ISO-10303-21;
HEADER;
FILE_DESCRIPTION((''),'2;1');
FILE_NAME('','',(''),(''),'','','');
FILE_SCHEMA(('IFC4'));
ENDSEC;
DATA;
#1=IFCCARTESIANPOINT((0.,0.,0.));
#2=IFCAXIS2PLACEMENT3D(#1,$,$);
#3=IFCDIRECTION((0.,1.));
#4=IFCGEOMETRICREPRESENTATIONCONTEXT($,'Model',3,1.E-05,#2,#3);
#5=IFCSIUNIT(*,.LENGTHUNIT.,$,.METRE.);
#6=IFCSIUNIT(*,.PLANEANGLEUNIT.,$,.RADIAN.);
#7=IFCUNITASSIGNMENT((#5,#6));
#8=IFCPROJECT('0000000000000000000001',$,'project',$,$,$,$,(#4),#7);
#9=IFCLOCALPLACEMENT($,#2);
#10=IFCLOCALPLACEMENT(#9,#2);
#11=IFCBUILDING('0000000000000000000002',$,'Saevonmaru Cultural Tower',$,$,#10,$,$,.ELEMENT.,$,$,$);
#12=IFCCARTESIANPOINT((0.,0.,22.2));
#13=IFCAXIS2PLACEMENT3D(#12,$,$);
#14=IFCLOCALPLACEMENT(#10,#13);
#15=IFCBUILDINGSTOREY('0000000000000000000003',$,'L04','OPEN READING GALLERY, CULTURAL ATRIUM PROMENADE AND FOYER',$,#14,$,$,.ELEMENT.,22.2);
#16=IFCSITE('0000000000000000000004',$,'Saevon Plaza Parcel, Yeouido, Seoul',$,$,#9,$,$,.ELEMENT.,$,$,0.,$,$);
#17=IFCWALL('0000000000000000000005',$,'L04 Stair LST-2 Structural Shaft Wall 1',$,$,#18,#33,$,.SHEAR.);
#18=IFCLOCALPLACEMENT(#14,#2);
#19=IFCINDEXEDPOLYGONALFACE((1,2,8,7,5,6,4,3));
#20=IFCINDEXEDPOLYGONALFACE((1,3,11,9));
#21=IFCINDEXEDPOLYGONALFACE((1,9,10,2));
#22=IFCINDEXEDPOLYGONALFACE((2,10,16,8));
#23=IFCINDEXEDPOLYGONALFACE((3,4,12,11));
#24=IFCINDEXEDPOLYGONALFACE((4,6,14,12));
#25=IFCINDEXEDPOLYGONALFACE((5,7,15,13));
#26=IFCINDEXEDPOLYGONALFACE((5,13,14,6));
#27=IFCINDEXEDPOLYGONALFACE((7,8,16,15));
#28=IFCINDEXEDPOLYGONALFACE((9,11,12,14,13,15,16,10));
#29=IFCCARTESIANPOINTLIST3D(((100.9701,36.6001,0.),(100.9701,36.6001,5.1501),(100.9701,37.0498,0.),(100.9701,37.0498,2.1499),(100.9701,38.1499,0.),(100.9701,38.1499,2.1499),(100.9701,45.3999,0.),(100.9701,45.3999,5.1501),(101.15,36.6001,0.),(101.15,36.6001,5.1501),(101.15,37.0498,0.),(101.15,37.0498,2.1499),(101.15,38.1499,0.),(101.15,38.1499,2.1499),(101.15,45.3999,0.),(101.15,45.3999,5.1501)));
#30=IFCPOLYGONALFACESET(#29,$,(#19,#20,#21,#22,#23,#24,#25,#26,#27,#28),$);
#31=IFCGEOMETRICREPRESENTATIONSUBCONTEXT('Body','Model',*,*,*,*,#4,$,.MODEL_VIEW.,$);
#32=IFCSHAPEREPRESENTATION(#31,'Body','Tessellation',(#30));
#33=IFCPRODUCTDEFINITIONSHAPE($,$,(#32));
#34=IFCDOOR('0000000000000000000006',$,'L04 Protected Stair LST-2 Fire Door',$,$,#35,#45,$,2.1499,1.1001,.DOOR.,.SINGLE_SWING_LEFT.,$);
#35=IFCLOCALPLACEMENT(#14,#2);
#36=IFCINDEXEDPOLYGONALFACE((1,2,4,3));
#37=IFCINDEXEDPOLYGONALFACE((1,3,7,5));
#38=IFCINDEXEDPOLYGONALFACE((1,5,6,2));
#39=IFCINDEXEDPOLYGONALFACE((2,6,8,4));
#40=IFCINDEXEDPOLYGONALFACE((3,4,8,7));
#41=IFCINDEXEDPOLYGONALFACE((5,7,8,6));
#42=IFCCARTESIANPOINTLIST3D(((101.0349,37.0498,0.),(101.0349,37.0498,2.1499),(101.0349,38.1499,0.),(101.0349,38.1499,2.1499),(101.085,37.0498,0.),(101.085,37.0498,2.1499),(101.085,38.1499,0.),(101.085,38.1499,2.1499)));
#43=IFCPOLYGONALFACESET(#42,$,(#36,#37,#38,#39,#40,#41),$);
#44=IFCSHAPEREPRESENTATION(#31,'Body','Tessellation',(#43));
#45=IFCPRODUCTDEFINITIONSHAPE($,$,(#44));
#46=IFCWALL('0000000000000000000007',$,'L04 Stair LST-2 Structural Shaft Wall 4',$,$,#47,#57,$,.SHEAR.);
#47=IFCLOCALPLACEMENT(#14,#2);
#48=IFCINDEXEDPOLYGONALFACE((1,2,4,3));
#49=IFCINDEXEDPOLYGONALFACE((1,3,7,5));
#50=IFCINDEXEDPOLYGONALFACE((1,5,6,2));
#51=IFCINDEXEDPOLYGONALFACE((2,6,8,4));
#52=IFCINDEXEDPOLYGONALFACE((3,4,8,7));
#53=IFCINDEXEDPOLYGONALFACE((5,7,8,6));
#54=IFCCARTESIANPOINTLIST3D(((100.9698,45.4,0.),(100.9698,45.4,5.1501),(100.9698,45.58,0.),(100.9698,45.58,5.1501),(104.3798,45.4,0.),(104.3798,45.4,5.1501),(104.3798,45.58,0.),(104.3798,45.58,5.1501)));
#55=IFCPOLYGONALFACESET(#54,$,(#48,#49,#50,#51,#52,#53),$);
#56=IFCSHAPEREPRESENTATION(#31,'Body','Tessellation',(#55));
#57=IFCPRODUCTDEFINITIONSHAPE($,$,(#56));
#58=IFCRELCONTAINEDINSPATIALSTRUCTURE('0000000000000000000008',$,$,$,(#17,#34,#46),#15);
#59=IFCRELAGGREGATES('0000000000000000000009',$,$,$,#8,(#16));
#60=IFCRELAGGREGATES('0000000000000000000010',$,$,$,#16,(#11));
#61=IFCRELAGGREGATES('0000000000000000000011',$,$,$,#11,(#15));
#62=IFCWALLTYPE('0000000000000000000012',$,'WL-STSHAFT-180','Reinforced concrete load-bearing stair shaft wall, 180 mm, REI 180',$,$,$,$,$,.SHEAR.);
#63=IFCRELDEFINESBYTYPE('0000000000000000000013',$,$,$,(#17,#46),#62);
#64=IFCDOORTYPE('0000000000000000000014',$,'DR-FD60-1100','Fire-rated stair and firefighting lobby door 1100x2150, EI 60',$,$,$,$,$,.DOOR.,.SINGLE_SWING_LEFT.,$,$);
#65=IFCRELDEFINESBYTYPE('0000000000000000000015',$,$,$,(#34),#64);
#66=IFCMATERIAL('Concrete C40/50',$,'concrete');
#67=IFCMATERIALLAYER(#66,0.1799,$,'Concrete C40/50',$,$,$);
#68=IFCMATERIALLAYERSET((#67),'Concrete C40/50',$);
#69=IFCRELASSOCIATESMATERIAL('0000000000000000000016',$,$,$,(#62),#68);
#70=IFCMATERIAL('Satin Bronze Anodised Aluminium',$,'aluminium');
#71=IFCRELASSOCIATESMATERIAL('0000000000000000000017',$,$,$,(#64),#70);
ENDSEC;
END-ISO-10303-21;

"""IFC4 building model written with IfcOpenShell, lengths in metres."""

from ifc_helpers import new_model, si_unit, direction, frame, frame_2d, origin, place, context, subcontext, project, spatial, rectangle, extrude, material, layer, layer_set, type_object, element, fill, save


model = new_model("IFC4")

# Units and contexts
model_context = context("Model", 3, precision=1e-05, world=origin(), true_north=direction((0.0, 1.0)))
body_context = subcontext(model_context, "Body", "Model", "MODEL_VIEW")
ifc_project = project(units=[si_unit("LENGTHUNIT", "METRE"), si_unit("PLANEANGLEUNIT", "RADIAN")], contexts=[model_context])

# Site, building, storey
site_placement = place(None, origin())
site = spatial("IfcSite", under=ifc_project, at=site_placement, Name="Saevon Plaza Parcel, Yeouido, Seoul", CompositionType="ELEMENT", RefElevation=0.0)
building_placement = place(site_placement, origin())
building = spatial("IfcBuilding", under=site, at=building_placement, Name="Saevonmaru Cultural Tower", CompositionType="ELEMENT")
storey_placement = place(building_placement, frame((0.0, 0.0, 22.2)))
storey = spatial("IfcBuildingStorey", under=building, at=storey_placement, Name="L04", Description="OPEN READING GALLERY, CULTURAL ATRIUM PROMENADE AND FOYER", CompositionType="ELEMENT", Elevation=22.2)

# Shared definitions
ifc_material_1 = material(Name="Satin Bronze Anodised Aluminium", Category="aluminium")

# Wall, opening, door
ifc_material_2 = material(Name="Concrete C40/50", Category="concrete")
ifc_layer_1 = layer(ifc_material_2, 0.1799, Name="Concrete C40/50")
ifc_layer_set_1 = layer_set([ifc_layer_1], Name="Concrete C40/50")
wall_type_1 = type_object("IfcWallType", Name="WL-STSHAFT-180", Description="Reinforced concrete load-bearing stair shaft wall, 180 mm, REI 180", PredefinedType="SHEAR", material=ifc_layer_set_1)
wall_1_placement = place(storey_placement, frame((101.0601, 45.3999, 0.0), z_axis=(0.0, 0.0, 1.0), x_axis=(0.0, -1.0, 0.0)))
wall_1 = element("IfcWall", 1, at=wall_1_placement, inside=storey, type_object=wall_type_1, Name="L04 Stair LST-2 Structural Shaft Wall 1", PredefinedType="SHEAR", context=body_context, shape_type="SweptSolid", body=[
    extrude(rectangle(XDim=8.7998, YDim=0.1799, at=frame_2d((4.3999, 0.0))), origin(), (0.0, 0.0, 1.0), 5.1501),
])
opening_1_placement = place(wall_1_placement, frame((7.25, 0.0, 0.0)))
opening_1 = element("IfcOpeningElement", 2, at=opening_1_placement, cuts=wall_1, PredefinedType="OPENING", context=body_context, shape_type="SweptSolid", body=[
    extrude(rectangle(XDim=1.1001, YDim=2.1499, at=frame_2d((0.55, 1.075))), frame((0.0, 0.1001, 0.0), z_axis=(0.0, -1.0, 0.0), x_axis=(1.0, 0.0, 0.0)), (0.0, 0.0, 1.0), 0.2),
])
door_type_1 = type_object("IfcDoorType", Name="DR-FD60-1100", Description="Fire-rated stair and firefighting lobby door 1100x2150, EI 60", OperationType="SINGLE_SWING_LEFT", PredefinedType="DOOR", material=ifc_material_1)
door_1_placement = place(opening_1_placement, origin())
door_1 = element("IfcDoor", 3, at=door_1_placement, inside=storey, type_object=door_type_1, Name="L04 Protected Stair LST-2 Fire Door", OperationType="SINGLE_SWING_LEFT", OverallHeight=2.1499, OverallWidth=1.1001, PredefinedType="DOOR", context=body_context, shape_type="SweptSolid", body=[
    extrude(rectangle(XDim=1.1001, YDim=2.1499, at=frame_2d((0.55, 1.075))), frame((0.0, 0.0249, 0.0), z_axis=(0.0, -1.0, 0.0), x_axis=(1.0, 0.0, 0.0)), (0.0, 0.0, 1.0), 0.05),
])
fill(opening_1, door_1)

# Wall
wall_2_placement = place(storey_placement, frame((104.3799, 45.49, 0.0), z_axis=(0.0, 0.0, 1.0), x_axis=(-1.0, 0.0, 0.0)))
element("IfcWall", 4, at=wall_2_placement, inside=storey, type_object=wall_type_1, Name="L04 Stair LST-2 Structural Shaft Wall 4", PredefinedType="SHEAR", context=body_context, shape_type="SweptSolid", body=[
    extrude(rectangle(XDim=3.4099, YDim=0.1799, at=frame_2d((1.7051, 0.0))), origin(), (0.0, 0.0, 1.0), 5.1501),
])

save(model, "model.ifc")
